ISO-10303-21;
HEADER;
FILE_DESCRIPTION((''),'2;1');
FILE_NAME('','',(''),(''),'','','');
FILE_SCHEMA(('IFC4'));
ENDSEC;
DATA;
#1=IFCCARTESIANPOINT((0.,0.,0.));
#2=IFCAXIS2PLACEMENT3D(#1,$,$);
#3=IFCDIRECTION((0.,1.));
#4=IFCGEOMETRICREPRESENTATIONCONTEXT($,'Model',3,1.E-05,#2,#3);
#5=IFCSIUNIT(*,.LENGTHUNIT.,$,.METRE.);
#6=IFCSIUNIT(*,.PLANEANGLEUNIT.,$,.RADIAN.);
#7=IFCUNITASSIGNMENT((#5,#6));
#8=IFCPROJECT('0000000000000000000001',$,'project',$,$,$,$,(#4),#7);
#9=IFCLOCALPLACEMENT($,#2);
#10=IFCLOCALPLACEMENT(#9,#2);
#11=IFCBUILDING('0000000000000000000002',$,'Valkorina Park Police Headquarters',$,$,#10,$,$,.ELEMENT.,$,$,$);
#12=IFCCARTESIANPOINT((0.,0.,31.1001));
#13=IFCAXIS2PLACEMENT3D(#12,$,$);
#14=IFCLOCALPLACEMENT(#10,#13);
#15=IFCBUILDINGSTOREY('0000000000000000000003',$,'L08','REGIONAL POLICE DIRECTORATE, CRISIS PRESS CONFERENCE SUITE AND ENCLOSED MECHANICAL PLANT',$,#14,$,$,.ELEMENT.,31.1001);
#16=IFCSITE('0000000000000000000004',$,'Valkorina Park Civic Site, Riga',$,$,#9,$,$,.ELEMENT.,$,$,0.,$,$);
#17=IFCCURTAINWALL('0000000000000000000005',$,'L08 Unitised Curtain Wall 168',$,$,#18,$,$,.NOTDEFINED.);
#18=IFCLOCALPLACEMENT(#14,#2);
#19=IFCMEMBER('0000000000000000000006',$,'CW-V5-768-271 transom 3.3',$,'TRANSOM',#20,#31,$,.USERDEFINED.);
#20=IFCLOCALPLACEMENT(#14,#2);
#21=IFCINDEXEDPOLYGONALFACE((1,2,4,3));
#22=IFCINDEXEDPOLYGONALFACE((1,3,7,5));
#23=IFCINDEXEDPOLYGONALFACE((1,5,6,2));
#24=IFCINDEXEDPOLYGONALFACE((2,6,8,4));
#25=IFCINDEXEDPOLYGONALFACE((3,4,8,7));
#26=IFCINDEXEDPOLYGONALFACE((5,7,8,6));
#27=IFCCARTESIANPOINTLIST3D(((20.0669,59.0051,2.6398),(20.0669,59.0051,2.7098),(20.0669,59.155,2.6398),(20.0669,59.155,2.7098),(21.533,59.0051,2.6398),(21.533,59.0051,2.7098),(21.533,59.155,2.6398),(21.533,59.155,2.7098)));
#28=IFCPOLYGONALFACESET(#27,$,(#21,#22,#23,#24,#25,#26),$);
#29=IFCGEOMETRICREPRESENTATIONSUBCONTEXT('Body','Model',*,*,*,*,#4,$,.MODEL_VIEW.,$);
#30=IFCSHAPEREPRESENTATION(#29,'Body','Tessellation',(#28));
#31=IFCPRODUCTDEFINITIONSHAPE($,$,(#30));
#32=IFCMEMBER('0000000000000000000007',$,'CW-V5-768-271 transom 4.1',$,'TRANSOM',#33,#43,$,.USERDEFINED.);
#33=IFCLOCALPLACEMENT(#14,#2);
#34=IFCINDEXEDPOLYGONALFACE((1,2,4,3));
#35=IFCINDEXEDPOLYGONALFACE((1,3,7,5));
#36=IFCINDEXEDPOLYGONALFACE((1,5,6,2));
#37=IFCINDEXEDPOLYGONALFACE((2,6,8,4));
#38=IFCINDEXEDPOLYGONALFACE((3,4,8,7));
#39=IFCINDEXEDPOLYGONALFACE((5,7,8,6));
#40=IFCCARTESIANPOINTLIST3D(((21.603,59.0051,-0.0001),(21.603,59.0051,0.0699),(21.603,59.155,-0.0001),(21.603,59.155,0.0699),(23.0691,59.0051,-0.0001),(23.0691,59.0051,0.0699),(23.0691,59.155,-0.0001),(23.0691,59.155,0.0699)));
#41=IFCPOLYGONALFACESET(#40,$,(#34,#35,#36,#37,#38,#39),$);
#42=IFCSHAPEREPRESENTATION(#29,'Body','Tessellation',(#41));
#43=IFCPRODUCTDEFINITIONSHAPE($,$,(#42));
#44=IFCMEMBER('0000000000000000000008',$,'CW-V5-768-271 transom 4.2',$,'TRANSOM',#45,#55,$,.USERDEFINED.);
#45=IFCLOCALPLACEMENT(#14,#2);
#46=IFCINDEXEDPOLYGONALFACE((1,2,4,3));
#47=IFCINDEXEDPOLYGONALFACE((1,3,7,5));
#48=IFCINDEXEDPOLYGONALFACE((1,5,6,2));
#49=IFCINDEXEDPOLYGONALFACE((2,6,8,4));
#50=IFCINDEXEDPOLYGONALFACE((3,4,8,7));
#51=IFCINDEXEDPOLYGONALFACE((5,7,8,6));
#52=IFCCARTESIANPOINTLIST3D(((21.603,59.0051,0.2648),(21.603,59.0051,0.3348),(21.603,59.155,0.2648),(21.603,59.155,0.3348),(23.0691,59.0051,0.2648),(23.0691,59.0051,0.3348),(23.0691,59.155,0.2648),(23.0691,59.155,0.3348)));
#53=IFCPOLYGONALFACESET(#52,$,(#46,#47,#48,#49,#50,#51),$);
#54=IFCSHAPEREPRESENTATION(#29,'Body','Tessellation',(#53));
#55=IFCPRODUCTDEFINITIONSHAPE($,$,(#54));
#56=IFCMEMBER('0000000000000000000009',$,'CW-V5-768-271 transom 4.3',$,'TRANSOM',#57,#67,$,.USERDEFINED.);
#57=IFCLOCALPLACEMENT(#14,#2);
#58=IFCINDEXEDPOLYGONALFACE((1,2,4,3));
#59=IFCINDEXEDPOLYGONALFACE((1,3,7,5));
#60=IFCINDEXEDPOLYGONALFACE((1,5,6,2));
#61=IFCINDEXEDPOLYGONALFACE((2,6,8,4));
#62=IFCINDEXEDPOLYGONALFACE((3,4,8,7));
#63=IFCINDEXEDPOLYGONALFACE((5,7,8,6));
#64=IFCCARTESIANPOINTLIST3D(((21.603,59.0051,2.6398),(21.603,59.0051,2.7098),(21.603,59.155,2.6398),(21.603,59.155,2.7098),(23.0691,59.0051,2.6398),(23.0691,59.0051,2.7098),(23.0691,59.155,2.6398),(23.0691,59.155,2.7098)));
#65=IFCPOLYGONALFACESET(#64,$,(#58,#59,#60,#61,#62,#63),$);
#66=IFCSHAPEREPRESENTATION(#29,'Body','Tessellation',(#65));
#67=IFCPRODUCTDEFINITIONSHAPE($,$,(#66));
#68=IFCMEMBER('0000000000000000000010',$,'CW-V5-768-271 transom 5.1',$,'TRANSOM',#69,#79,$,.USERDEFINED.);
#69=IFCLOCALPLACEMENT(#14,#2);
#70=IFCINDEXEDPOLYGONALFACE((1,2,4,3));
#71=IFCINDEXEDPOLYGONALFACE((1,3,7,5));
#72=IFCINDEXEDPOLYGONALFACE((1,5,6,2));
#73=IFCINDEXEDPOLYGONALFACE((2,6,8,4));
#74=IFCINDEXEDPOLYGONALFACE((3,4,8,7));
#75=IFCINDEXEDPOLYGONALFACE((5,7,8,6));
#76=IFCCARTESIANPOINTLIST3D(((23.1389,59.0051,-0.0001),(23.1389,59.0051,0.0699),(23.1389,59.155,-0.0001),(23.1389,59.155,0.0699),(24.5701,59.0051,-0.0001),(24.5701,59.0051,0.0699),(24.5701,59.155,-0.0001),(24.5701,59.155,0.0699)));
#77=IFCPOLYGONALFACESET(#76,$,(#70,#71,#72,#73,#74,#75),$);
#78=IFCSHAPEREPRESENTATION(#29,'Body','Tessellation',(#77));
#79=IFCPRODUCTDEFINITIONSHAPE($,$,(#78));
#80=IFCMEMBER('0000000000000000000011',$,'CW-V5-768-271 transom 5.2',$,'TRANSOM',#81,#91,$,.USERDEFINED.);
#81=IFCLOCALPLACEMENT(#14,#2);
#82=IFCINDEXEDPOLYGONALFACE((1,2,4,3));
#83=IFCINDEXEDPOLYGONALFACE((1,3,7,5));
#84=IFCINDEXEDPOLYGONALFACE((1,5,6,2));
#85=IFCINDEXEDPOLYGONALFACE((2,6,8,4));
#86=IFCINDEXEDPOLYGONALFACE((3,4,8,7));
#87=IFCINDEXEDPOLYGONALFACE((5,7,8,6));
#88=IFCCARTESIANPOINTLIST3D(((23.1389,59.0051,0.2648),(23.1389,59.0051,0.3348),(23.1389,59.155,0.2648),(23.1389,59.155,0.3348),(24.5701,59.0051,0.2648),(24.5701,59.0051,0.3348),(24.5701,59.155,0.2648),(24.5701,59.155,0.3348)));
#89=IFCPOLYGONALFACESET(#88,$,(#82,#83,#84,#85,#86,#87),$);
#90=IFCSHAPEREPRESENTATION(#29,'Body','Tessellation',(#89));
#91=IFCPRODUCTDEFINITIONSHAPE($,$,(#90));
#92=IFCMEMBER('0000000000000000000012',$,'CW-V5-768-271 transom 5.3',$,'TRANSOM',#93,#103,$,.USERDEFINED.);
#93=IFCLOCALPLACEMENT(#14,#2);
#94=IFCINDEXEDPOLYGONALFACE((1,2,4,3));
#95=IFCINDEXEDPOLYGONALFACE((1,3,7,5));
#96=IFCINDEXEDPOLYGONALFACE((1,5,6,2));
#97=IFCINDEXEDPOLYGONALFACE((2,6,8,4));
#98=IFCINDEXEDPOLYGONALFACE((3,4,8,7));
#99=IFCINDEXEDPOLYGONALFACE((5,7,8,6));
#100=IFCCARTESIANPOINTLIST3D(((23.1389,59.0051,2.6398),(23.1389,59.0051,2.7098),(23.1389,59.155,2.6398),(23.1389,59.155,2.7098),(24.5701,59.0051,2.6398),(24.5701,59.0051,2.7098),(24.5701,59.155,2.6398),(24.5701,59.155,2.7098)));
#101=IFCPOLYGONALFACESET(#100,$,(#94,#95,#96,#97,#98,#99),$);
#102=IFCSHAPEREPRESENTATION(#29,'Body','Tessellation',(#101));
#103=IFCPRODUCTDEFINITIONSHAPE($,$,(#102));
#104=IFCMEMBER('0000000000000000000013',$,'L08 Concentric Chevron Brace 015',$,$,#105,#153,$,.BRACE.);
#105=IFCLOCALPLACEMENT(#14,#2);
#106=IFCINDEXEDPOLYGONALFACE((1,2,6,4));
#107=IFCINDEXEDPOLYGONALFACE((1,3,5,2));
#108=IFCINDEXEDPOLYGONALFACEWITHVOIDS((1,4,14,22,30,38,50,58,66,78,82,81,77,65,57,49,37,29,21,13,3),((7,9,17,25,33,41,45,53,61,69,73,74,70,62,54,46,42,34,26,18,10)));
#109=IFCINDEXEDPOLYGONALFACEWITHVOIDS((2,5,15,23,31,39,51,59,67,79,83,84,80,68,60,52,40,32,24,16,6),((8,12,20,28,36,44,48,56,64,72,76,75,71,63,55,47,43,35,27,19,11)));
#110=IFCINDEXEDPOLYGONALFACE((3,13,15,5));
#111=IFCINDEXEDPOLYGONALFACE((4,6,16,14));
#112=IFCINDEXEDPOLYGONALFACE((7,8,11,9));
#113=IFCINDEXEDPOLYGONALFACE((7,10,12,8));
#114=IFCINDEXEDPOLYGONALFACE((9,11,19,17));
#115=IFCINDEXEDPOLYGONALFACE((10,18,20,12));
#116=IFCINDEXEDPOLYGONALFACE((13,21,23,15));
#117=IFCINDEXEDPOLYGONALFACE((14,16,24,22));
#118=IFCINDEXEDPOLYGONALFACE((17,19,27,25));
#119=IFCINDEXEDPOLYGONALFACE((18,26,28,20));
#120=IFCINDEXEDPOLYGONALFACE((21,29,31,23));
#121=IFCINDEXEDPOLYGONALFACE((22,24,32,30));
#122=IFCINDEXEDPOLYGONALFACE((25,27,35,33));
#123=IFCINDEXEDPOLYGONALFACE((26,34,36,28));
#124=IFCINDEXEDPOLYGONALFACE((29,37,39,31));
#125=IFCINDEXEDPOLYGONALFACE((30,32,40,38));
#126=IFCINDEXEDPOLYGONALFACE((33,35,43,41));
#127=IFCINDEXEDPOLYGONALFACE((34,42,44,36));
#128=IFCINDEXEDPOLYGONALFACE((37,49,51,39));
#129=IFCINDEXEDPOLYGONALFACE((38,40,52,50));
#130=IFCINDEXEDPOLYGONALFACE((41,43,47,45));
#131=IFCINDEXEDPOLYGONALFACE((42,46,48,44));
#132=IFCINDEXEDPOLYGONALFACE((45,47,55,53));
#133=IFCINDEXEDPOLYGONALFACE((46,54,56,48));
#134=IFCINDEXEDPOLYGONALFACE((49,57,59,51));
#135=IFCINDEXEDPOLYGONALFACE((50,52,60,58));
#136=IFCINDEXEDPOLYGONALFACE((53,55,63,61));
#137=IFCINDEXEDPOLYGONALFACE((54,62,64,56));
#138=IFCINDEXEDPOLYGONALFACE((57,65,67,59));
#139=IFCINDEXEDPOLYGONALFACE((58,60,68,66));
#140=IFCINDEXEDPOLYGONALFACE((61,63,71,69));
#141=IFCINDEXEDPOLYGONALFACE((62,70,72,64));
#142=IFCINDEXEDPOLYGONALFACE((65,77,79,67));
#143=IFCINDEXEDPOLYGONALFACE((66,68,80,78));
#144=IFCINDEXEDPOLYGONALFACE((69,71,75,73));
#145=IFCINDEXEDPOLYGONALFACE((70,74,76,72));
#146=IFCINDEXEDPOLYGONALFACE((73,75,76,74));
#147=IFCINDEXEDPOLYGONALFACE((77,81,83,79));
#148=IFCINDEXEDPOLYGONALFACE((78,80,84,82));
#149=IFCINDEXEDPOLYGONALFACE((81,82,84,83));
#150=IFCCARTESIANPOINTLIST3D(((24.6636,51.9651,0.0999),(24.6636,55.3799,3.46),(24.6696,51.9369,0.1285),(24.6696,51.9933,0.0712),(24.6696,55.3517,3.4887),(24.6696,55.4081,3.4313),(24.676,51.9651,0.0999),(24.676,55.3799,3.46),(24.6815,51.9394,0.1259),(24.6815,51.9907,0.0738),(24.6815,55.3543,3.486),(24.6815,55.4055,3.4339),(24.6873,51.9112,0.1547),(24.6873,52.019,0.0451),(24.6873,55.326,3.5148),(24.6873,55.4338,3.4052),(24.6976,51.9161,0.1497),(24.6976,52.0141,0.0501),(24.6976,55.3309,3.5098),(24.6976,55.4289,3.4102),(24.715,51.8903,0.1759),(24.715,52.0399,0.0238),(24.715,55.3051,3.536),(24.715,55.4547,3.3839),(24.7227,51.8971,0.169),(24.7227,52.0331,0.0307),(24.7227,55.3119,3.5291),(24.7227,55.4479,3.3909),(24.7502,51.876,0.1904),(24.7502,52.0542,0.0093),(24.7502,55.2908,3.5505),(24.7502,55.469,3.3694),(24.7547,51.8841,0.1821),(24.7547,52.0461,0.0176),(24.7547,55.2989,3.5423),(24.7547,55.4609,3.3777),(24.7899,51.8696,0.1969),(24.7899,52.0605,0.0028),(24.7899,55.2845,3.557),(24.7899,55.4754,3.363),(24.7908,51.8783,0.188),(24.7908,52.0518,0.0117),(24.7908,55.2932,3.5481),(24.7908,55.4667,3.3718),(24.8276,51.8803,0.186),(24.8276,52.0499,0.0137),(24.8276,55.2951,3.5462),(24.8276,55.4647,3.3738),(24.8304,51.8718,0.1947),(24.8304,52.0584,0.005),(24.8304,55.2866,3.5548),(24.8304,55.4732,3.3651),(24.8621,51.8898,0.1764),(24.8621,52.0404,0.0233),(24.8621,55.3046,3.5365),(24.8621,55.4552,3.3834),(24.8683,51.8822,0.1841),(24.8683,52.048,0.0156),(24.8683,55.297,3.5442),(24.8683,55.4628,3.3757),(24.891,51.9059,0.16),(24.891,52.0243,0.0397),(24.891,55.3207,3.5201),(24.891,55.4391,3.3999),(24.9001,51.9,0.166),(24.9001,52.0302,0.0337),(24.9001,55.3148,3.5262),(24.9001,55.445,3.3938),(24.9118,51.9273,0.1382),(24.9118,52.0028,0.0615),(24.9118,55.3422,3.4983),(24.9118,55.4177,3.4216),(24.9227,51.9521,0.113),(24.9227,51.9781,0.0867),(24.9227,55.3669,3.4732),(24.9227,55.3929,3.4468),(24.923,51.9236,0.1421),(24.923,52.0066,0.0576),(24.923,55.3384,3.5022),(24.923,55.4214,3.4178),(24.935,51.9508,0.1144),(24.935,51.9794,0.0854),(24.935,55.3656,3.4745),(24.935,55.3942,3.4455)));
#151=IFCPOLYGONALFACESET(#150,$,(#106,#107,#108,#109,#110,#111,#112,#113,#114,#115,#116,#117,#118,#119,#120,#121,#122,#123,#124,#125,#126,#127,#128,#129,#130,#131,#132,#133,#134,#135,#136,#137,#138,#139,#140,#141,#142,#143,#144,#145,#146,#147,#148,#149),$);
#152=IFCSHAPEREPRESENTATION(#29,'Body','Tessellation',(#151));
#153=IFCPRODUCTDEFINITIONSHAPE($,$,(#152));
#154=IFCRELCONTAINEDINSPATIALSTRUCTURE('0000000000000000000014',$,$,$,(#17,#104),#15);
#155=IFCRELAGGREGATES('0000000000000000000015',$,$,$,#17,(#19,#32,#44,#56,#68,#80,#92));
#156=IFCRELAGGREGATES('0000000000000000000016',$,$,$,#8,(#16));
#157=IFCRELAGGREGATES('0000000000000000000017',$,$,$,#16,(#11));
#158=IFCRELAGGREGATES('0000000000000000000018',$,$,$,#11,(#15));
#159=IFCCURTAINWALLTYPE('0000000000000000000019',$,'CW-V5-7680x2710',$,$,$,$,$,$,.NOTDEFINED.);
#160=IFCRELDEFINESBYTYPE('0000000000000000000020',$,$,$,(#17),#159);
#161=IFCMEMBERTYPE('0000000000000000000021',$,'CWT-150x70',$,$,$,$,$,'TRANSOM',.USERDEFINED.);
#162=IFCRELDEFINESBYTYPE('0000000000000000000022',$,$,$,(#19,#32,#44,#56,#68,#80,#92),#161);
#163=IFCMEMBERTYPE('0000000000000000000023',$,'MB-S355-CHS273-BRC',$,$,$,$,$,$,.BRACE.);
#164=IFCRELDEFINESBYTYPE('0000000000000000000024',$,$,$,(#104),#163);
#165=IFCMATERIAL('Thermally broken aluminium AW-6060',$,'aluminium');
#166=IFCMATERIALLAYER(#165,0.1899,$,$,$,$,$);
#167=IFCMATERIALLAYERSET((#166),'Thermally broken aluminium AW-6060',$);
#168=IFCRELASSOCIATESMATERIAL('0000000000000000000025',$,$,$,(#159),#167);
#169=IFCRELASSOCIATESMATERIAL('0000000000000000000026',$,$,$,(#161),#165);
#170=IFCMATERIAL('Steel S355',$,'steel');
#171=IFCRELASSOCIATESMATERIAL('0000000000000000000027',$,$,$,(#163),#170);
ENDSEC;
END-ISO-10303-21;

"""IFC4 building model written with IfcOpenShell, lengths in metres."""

from ifc_helpers import new_model, si_unit, direction, frame, origin, origin_2d, place, context, subcontext, project, spatial, rectangle, hollow_circle, extrude, material, layer, layer_set, material_profile, profile_set, type_object, element, aggregate, save


model = new_model("IFC4")

# Units and contexts
model_context = context("Model", 3, precision=1e-05, world=origin(), true_north=direction((0.0, 1.0)))
body_context = subcontext(model_context, "Body", "Model", "MODEL_VIEW")
ifc_project = project(units=[si_unit("LENGTHUNIT", "METRE"), si_unit("PLANEANGLEUNIT", "RADIAN")], contexts=[model_context])

# Site, building, storey
site_placement = place(None, origin())
site = spatial("IfcSite", under=ifc_project, at=site_placement, Name="Valkorina Park Civic Site, Riga", CompositionType="ELEMENT", RefElevation=0.0)
building_placement = place(site_placement, origin())
building = spatial("IfcBuilding", under=site, at=building_placement, Name="Valkorina Park Police Headquarters", CompositionType="ELEMENT")
storey_placement = place(building_placement, frame((0.0, 0.0, 31.1001)))
storey = spatial("IfcBuildingStorey", under=building, at=storey_placement, Name="L08", Description="REGIONAL POLICE DIRECTORATE, CRISIS PRESS CONFERENCE SUITE AND ENCLOSED MECHANICAL PLANT", CompositionType="ELEMENT", Elevation=31.1001)

# Shared definitions
ifc_material_1 = material(Name="Steel S355", Category="steel")

# Curtain wall
ifc_material_2 = material(Name="Thermally broken aluminium AW-6060", Category="aluminium")
ifc_layer_1 = layer(ifc_material_2, 0.1899)
ifc_layer_set_1 = layer_set([ifc_layer_1], Name="Thermally broken aluminium AW-6060")
curtain_wall_type = type_object("IfcCurtainWallType", Name="CW-V5-7680x2710", PredefinedType="NOTDEFINED", material=ifc_layer_set_1)
curtain_wall_1_placement = place(storey_placement, origin())
curtain_wall_1 = element("IfcCurtainWall", 1, at=curtain_wall_1_placement, inside=storey, type_object=curtain_wall_type, Name="L08 Unitised Curtain Wall 168", PredefinedType="NOTDEFINED")

# Members
ifc_material_profile_1 = material_profile(ifc_material_2, rectangle(XDim=0.1499, YDim=0.0701, at=origin_2d()), Name="CWT-02 150x70")
ifc_profile_set_1 = profile_set([ifc_material_profile_1], Name="Thermally broken aluminium AW-6060")
member_type_1 = type_object("IfcMemberType", Name="CWT-150x70", ElementType="TRANSOM", PredefinedType="USERDEFINED", material=ifc_profile_set_1)
member_1_placement = place(storey_placement, frame((20.0669, 59.0801, 2.6748), z_axis=(1.0, 0.0, 0.0), x_axis=(0.0, 1.0, 0.0)))
member_1 = element("IfcMember", 2, at=member_1_placement, type_object=member_type_1, Name="CW-V5-768-271 transom 3.3", ObjectType="TRANSOM", PredefinedType="USERDEFINED", context=body_context, shape_type="SweptSolid", body=[
    extrude(rectangle(XDim=0.1499, YDim=0.0701, at=origin_2d()), origin(), (0.0, 0.0, 1.0), 1.4661),
])
member_2_placement = place(storey_placement, frame((21.603, 59.0801, 0.0349), z_axis=(1.0, 0.0, 0.0), x_axis=(0.0, 1.0, 0.0)))
member_2 = element("IfcMember", 3, at=member_2_placement, type_object=member_type_1, Name="CW-V5-768-271 transom 4.1", ObjectType="TRANSOM", PredefinedType="USERDEFINED", context=body_context, shape_type="SweptSolid", body=[
    extrude(rectangle(XDim=0.1499, YDim=0.0701, at=origin_2d()), origin(), (0.0, 0.0, 1.0), 1.4661),
])
member_3_placement = place(storey_placement, frame((21.603, 59.0801, 0.2998), z_axis=(1.0, 0.0, 0.0), x_axis=(0.0, 1.0, 0.0)))
member_3 = element("IfcMember", 4, at=member_3_placement, type_object=member_type_1, Name="CW-V5-768-271 transom 4.2", ObjectType="TRANSOM", PredefinedType="USERDEFINED", context=body_context, shape_type="SweptSolid", body=[
    extrude(rectangle(XDim=0.1499, YDim=0.0701, at=origin_2d()), origin(), (0.0, 0.0, 1.0), 1.4661),
])
member_4_placement = place(storey_placement, frame((21.603, 59.0801, 2.6748), z_axis=(1.0, 0.0, 0.0), x_axis=(0.0, 1.0, 0.0)))
member_4 = element("IfcMember", 5, at=member_4_placement, type_object=member_type_1, Name="CW-V5-768-271 transom 4.3", ObjectType="TRANSOM", PredefinedType="USERDEFINED", context=body_context, shape_type="SweptSolid", body=[
    extrude(rectangle(XDim=0.1499, YDim=0.0701, at=origin_2d()), origin(), (0.0, 0.0, 1.0), 1.4661),
])
member_5_placement = place(storey_placement, frame((23.1389, 59.0801, 0.0349), z_axis=(1.0, 0.0, 0.0), x_axis=(0.0, 1.0, 0.0)))
member_5 = element("IfcMember", 6, at=member_5_placement, type_object=member_type_1, Name="CW-V5-768-271 transom 5.1", ObjectType="TRANSOM", PredefinedType="USERDEFINED", context=body_context, shape_type="SweptSolid", body=[
    extrude(rectangle(XDim=0.1499, YDim=0.0701, at=origin_2d()), origin(), (0.0, 0.0, 1.0), 1.4312),
])
member_6_placement = place(storey_placement, frame((23.1389, 59.0801, 0.2998), z_axis=(1.0, 0.0, 0.0), x_axis=(0.0, 1.0, 0.0)))
member_6 = element("IfcMember", 7, at=member_6_placement, type_object=member_type_1, Name="CW-V5-768-271 transom 5.2", ObjectType="TRANSOM", PredefinedType="USERDEFINED", context=body_context, shape_type="SweptSolid", body=[
    extrude(rectangle(XDim=0.1499, YDim=0.0701, at=origin_2d()), origin(), (0.0, 0.0, 1.0), 1.4312),
])
member_7_placement = place(storey_placement, frame((23.1389, 59.0801, 2.6748), z_axis=(1.0, 0.0, 0.0), x_axis=(0.0, 1.0, 0.0)))
member_7 = element("IfcMember", 8, at=member_7_placement, type_object=member_type_1, Name="CW-V5-768-271 transom 5.3", ObjectType="TRANSOM", PredefinedType="USERDEFINED", context=body_context, shape_type="SweptSolid", body=[
    extrude(rectangle(XDim=0.1499, YDim=0.0701, at=origin_2d()), origin(), (0.0, 0.0, 1.0), 1.4312),
])

# Member
ifc_material_profile_2 = material_profile(ifc_material_1, hollow_circle(Radius=0.1365, WallThickness=0.0125, at=origin_2d()), Name="CHS 273x12.5")
ifc_profile_set_2 = profile_set([ifc_material_profile_2], Name="Steel S355")
member_type_2 = type_object("IfcMemberType", Name="MB-S355-CHS273-BRC", PredefinedType="BRACE", material=ifc_profile_set_2)
member_8_placement = place(storey_placement, frame((24.8, 51.9651, 0.0999), z_axis=(0.0, 0.712791, 0.701376), x_axis=(-1.0, 0.0, 0.0)))
element("IfcMember", 9, at=member_8_placement, inside=storey, type_object=member_type_2, Name="L08 Concentric Chevron Brace 015", PredefinedType="BRACE", context=body_context, shape_type="SweptSolid", body=[
    extrude(hollow_circle(Radius=0.1365, WallThickness=0.0125, at=origin_2d()), origin(), (0.0, 0.0, 1.0), 4.7908),
])

aggregate(curtain_wall_1, [member_1, member_2, member_3, member_4, member_5, member_6, member_7])

save(model, "model.ifc")
